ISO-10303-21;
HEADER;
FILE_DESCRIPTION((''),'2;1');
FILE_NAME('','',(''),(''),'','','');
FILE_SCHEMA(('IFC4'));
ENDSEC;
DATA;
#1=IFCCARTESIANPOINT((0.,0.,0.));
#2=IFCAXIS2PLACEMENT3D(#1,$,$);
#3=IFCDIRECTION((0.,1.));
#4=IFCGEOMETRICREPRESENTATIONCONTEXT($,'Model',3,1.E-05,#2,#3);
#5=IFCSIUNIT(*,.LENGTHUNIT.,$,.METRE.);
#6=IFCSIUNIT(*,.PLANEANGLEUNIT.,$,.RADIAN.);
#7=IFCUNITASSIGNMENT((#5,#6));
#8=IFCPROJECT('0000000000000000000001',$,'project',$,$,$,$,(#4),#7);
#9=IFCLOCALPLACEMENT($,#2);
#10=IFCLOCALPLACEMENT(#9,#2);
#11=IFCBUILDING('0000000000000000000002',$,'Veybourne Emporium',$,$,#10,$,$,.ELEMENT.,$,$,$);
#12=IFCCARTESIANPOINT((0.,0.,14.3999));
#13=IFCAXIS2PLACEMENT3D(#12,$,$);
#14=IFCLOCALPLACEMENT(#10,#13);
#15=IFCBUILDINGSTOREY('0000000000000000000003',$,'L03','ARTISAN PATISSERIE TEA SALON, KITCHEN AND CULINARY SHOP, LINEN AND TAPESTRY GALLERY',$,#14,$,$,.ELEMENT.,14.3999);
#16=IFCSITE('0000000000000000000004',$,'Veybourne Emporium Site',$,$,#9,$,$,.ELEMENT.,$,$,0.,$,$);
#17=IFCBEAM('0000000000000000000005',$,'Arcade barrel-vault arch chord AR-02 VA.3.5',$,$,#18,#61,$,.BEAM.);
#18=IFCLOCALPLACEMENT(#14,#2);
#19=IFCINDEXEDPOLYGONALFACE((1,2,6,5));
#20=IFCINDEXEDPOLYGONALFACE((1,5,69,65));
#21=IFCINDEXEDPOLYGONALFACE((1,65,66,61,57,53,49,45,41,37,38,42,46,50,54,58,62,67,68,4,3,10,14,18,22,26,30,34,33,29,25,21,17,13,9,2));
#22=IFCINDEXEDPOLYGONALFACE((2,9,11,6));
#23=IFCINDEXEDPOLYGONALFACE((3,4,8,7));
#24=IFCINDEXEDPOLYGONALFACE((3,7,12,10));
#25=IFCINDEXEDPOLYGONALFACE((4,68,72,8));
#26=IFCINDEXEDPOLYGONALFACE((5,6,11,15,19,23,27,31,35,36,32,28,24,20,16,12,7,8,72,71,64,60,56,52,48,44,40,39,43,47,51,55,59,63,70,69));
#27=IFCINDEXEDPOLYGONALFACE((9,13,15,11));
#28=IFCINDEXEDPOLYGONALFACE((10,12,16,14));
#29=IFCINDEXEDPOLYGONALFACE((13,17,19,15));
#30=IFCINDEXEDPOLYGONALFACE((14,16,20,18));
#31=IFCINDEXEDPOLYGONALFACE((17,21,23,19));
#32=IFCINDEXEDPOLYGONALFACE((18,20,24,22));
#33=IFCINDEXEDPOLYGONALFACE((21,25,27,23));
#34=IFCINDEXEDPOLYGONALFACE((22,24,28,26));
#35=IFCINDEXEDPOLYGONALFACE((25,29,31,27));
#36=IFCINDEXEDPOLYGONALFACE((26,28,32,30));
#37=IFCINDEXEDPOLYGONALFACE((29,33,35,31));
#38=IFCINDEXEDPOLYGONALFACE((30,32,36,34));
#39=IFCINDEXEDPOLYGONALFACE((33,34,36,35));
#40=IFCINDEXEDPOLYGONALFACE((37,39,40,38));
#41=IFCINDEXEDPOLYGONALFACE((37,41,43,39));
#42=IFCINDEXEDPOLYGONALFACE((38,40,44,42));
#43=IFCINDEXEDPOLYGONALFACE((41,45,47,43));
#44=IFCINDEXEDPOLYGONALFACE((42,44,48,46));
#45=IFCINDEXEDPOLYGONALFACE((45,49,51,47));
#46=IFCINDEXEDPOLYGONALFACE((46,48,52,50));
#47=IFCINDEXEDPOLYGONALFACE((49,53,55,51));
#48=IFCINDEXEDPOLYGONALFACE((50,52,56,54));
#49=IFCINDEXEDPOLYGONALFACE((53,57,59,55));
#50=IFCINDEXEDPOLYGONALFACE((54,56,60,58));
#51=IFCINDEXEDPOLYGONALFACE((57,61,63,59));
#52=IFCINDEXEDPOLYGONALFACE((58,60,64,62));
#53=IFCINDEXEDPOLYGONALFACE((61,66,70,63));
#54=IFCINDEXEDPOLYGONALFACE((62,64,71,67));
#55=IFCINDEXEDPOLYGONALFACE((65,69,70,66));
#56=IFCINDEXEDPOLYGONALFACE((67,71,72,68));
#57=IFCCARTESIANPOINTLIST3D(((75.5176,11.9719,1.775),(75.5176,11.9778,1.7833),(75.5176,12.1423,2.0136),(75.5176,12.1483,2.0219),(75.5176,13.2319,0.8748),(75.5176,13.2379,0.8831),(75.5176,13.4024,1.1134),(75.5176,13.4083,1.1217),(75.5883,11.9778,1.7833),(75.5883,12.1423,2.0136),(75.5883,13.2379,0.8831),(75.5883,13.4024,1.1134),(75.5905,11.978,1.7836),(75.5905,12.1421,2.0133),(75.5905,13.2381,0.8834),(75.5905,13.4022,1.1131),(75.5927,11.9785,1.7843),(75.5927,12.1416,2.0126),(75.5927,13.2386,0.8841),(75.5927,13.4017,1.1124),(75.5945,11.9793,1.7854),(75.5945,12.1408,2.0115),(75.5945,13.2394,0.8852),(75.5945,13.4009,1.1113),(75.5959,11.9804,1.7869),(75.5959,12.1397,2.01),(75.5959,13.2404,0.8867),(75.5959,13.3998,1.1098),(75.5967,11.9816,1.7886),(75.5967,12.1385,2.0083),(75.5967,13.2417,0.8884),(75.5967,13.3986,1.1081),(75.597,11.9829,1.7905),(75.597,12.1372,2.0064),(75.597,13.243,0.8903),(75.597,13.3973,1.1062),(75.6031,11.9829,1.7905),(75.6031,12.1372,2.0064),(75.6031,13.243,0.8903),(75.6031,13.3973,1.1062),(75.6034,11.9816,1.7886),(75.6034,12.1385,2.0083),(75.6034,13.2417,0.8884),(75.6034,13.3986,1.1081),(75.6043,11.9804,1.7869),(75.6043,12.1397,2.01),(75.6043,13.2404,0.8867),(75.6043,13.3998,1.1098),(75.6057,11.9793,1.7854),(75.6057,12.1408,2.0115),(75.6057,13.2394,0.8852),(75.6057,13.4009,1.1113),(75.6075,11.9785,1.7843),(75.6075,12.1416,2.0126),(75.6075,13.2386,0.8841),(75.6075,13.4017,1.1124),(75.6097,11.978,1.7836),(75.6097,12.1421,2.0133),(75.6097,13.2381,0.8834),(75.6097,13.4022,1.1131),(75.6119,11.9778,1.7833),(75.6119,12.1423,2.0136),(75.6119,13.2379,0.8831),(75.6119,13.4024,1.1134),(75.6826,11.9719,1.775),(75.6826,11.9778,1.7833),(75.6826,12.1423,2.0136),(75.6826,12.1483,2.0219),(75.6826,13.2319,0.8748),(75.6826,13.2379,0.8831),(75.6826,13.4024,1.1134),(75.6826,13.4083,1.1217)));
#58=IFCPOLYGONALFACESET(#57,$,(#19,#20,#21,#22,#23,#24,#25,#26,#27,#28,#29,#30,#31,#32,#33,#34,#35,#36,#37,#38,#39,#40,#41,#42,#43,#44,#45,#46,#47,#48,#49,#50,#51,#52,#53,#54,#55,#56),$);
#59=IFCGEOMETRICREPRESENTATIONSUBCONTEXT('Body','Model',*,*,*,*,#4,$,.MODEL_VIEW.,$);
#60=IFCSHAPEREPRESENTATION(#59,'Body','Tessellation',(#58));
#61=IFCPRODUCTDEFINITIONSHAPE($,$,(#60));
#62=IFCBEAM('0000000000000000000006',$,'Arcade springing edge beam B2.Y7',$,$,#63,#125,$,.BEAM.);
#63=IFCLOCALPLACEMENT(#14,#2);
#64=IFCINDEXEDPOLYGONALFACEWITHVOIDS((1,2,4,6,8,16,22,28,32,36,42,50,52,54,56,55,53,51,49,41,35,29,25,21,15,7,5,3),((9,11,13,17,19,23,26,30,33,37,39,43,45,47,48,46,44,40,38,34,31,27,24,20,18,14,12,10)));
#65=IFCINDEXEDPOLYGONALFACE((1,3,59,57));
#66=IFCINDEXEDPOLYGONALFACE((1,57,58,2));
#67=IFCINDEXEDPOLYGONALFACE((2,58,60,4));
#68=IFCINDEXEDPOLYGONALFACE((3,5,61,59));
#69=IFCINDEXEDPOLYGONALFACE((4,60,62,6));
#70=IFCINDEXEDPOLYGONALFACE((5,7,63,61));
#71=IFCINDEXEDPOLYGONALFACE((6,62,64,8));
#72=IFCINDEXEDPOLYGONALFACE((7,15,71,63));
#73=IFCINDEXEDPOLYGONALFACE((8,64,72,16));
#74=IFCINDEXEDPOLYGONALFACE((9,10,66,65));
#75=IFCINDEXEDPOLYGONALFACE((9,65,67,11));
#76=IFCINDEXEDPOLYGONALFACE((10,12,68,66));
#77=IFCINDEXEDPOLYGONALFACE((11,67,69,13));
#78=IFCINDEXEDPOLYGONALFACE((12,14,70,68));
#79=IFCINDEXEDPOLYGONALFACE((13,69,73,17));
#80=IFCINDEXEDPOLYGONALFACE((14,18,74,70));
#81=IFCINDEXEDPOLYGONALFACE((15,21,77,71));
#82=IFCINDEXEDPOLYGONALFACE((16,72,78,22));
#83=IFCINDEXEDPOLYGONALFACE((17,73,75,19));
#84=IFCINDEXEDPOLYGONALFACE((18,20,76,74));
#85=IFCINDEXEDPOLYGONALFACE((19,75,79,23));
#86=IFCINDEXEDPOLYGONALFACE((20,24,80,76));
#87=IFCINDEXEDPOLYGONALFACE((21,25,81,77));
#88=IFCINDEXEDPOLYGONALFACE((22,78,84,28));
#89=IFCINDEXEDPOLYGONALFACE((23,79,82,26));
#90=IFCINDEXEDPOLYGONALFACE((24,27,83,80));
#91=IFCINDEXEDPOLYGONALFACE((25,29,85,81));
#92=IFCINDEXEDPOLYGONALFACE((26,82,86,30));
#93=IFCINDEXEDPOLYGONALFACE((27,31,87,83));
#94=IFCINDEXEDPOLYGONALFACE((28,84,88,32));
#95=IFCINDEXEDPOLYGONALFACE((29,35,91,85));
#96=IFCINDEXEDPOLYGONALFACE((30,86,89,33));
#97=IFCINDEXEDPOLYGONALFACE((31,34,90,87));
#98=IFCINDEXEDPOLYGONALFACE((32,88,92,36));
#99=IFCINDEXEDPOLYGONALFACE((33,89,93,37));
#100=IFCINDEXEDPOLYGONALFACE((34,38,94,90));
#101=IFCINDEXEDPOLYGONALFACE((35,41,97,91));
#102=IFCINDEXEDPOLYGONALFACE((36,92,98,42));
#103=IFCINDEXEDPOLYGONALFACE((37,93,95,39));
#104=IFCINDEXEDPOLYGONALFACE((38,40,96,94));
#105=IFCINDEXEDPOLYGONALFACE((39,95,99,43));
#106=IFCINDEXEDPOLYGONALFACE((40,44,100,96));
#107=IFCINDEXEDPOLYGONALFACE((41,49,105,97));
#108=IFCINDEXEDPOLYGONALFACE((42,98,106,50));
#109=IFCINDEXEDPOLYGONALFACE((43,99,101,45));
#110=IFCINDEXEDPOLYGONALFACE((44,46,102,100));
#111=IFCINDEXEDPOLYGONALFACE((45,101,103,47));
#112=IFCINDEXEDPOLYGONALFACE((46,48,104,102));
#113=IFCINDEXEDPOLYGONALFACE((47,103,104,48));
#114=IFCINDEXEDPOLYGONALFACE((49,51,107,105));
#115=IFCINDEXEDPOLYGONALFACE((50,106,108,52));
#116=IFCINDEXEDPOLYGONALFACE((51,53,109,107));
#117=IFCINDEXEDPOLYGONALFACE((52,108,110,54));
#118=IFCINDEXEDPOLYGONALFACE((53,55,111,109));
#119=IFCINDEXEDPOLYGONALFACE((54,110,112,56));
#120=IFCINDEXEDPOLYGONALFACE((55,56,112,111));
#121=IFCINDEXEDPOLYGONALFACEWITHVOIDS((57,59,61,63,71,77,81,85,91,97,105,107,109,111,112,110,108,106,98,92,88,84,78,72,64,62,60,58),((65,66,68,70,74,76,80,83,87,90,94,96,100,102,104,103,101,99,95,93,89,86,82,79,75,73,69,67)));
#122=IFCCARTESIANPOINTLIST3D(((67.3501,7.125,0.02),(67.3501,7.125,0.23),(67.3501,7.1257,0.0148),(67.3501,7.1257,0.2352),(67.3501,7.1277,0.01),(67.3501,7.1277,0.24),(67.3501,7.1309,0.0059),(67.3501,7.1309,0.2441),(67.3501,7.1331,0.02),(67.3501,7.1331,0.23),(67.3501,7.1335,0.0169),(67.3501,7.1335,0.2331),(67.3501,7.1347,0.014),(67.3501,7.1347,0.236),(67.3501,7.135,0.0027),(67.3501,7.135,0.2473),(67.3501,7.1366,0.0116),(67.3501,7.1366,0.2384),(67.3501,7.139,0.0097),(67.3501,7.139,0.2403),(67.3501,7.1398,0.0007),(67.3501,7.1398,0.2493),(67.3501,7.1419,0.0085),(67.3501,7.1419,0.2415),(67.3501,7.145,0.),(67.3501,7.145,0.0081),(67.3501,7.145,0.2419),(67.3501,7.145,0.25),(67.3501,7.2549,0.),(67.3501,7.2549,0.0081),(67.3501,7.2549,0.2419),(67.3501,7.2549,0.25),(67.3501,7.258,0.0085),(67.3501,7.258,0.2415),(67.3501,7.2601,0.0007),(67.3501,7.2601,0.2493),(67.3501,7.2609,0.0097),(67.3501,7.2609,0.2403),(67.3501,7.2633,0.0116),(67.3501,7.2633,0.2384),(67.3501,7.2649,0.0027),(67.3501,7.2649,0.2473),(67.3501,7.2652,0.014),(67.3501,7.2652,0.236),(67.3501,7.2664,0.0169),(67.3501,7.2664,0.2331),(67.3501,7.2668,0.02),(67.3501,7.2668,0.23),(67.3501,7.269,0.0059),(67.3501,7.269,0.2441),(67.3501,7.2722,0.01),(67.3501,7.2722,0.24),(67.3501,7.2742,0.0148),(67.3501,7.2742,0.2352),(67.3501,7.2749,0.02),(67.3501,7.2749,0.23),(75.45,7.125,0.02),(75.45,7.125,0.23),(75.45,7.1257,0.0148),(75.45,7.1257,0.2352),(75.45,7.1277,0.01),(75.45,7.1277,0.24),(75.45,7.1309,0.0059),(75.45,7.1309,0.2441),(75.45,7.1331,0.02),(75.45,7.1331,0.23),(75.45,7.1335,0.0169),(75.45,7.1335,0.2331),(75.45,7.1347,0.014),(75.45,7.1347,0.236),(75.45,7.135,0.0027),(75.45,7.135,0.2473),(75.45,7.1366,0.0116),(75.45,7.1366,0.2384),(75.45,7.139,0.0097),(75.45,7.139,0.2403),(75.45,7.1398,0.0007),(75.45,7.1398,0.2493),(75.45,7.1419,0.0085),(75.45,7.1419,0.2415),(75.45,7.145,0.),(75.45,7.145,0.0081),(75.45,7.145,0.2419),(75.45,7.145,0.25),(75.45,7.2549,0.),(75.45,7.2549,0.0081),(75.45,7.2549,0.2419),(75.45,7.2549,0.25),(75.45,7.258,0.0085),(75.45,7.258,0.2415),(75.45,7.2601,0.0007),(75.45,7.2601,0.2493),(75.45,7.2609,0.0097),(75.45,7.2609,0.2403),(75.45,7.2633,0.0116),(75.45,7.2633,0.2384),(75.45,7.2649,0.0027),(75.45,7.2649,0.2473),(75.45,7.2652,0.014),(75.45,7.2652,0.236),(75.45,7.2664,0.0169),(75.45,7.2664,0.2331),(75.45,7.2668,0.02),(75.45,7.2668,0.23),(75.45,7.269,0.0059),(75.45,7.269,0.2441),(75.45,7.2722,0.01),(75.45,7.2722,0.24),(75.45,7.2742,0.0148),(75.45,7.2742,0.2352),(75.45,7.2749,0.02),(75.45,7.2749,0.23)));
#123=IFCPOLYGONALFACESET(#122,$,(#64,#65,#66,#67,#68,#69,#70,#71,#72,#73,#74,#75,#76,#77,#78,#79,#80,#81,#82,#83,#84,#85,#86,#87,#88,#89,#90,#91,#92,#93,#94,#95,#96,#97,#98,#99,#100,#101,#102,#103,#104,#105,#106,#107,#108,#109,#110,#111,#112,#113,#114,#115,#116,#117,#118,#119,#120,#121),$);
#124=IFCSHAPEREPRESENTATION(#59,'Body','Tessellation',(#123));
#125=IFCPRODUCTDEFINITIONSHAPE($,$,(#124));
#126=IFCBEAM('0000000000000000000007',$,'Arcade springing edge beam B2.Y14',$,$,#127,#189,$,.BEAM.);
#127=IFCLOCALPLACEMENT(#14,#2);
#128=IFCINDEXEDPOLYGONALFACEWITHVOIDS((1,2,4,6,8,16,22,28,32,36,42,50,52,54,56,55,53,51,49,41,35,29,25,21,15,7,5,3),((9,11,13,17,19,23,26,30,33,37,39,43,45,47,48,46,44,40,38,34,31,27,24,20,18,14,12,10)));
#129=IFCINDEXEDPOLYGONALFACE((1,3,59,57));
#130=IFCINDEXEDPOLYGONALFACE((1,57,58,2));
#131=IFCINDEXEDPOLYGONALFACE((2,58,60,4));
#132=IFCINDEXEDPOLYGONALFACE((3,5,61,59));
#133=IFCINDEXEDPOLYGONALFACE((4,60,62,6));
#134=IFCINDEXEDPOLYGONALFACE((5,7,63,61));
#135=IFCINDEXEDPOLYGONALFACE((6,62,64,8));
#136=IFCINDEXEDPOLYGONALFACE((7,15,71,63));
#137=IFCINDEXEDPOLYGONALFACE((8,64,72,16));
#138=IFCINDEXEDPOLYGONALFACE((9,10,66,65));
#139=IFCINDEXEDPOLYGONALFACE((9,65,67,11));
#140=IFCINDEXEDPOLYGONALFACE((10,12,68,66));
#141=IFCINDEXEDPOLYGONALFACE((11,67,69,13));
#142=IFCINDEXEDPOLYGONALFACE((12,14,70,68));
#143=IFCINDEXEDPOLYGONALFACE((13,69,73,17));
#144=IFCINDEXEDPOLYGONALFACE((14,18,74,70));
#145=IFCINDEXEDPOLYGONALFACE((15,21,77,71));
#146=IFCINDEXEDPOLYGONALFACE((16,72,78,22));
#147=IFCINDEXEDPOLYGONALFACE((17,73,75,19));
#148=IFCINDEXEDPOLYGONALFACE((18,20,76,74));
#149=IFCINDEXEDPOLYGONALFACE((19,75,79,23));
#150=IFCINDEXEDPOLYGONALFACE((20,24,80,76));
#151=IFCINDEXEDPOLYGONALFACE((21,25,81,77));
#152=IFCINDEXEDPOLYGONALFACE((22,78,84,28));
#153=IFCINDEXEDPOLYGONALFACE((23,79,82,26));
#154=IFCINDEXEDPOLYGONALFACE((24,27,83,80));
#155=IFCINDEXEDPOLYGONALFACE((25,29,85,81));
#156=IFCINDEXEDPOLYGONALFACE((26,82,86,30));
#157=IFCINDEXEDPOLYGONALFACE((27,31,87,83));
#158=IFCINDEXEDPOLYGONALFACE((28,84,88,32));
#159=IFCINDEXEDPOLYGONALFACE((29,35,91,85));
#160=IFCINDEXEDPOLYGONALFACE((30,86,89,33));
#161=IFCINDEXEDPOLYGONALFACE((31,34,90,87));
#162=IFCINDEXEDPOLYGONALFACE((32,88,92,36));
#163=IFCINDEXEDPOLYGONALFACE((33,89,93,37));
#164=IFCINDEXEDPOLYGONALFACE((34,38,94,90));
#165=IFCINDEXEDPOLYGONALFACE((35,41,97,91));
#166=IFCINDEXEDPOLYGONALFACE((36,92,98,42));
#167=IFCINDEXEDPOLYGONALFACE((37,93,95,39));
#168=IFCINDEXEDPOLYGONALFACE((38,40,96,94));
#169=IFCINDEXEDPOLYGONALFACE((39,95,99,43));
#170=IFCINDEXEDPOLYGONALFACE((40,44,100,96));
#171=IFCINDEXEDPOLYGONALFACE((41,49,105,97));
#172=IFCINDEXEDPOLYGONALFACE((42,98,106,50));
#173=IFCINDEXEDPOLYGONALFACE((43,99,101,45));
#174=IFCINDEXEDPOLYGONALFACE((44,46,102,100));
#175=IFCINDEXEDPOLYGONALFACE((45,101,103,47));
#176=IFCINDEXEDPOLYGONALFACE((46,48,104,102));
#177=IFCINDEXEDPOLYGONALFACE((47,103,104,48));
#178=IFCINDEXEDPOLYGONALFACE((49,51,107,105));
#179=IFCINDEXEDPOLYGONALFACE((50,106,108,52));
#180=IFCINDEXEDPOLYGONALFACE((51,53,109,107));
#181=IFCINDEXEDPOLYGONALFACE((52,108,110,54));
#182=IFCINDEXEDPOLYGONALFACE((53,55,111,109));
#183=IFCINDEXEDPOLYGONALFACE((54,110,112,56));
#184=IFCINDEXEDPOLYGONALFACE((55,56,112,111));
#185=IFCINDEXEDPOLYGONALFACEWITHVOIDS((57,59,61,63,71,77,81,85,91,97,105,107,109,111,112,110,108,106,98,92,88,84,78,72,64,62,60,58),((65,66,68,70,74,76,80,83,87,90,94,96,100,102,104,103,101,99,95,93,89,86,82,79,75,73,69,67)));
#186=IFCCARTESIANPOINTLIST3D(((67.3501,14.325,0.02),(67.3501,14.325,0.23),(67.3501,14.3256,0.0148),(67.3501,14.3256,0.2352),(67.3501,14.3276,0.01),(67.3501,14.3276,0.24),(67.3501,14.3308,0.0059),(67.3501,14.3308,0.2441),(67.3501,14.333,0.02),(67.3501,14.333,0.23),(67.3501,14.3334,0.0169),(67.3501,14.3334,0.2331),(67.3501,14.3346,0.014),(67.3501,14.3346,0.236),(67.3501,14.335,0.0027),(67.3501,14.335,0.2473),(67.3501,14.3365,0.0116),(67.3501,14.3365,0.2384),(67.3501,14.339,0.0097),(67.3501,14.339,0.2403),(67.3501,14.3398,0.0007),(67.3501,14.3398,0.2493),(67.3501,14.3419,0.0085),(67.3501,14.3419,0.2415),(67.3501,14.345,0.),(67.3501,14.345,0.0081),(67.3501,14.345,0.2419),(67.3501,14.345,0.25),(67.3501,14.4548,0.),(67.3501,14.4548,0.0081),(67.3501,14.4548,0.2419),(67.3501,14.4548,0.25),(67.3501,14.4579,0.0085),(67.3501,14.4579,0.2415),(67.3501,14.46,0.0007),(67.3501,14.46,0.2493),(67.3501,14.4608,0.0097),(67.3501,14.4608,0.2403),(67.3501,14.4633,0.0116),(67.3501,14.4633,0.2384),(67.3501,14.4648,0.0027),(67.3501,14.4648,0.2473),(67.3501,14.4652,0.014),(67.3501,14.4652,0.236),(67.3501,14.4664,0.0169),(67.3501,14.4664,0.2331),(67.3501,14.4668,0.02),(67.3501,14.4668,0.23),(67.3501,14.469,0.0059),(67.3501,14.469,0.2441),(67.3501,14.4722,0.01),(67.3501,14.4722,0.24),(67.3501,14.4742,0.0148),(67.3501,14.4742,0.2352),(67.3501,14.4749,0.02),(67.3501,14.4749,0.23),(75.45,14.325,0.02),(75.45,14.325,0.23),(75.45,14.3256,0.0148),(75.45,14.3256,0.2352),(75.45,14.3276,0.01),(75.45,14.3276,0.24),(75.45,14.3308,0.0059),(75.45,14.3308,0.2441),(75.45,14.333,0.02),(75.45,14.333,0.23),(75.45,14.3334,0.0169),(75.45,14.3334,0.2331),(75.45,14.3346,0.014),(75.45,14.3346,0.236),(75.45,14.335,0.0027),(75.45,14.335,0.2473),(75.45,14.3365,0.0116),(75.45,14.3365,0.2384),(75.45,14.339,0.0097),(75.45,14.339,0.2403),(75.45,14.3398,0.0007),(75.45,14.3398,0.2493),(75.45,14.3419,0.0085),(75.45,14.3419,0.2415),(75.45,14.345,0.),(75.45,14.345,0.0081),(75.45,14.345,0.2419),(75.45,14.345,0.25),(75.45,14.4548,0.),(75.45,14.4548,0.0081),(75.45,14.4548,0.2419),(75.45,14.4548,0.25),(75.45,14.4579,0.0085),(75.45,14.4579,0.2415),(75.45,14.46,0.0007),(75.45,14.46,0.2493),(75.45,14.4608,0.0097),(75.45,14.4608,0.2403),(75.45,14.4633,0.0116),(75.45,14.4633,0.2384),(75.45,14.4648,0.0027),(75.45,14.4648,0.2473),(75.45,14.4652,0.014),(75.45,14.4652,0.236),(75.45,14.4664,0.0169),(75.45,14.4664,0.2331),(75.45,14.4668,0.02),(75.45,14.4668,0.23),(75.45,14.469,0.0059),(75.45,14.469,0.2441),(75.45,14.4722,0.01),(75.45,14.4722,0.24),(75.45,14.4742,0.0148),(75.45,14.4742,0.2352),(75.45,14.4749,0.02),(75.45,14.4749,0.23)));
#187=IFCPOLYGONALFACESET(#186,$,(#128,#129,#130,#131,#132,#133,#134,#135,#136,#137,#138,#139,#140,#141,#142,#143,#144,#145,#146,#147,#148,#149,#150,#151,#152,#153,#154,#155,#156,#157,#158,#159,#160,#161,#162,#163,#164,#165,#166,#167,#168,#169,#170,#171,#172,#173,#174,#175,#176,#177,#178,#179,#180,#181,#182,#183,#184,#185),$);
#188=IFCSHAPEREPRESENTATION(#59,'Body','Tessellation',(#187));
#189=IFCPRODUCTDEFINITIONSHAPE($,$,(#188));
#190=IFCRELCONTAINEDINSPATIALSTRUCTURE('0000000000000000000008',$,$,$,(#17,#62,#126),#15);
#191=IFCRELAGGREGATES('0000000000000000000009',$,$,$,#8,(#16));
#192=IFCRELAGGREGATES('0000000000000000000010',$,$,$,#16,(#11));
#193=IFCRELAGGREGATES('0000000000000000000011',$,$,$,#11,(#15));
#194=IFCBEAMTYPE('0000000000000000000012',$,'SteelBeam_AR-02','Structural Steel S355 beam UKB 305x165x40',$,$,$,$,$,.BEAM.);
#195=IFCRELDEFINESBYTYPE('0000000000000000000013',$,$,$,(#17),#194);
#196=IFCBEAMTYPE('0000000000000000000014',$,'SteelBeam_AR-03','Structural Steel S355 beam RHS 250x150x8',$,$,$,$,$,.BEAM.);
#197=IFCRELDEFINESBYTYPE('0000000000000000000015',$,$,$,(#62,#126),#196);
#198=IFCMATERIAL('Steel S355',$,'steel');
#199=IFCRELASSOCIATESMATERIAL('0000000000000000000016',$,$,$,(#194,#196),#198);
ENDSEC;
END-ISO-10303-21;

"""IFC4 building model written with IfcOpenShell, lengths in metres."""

from ifc_helpers import new_model, si_unit, direction, frame, origin, origin_2d, place, context, subcontext, project, spatial, hollow_rectangle, i_section, extrude, material, material_profile, profile_set, type_object, element, save


model = new_model("IFC4")

# Units and contexts
model_context = context("Model", 3, precision=1e-05, world=origin(), true_north=direction((0.0, 1.0)))
body_context = subcontext(model_context, "Body", "Model", "MODEL_VIEW")
ifc_project = project(units=[si_unit("LENGTHUNIT", "METRE"), si_unit("PLANEANGLEUNIT", "RADIAN")], contexts=[model_context])

# Site, building, storey
site_placement = place(None, origin())
site = spatial("IfcSite", under=ifc_project, at=site_placement, Name="Veybourne Emporium Site", CompositionType="ELEMENT", RefElevation=0.0)
building_placement = place(site_placement, origin())
building = spatial("IfcBuilding", under=site, at=building_placement, Name="Veybourne Emporium", CompositionType="ELEMENT")
storey_placement = place(building_placement, frame((0.0, 0.0, 14.3999)))
storey = spatial("IfcBuildingStorey", under=building, at=storey_placement, Name="L03", Description="ARTISAN PATISSERIE TEA SALON, KITCHEN AND CULINARY SHOP, LINEN AND TAPESTRY GALLERY", CompositionType="ELEMENT", Elevation=14.3999)

# Beams
ifc_material_1 = material(Name="Steel S355", Category="steel")
ifc_material_profile_1 = material_profile(ifc_material_1, i_section(OverallWidth=0.165, OverallDepth=0.3035, WebThickness=0.0061, FlangeThickness=0.0103, FilletRadius=0.0088, at=origin_2d()), Name="UKB 305x165x40")
ifc_profile_set_1 = profile_set([ifc_material_profile_1], Name="Steel S355")
beam_type_1 = type_object("IfcBeamType", Name="SteelBeam_AR-02", Description="Structural Steel S355 beam UKB 305x165x40", PredefinedType="BEAM", material=ifc_profile_set_1)
beam_1_placement = place(storey_placement, frame((75.6001, 12.0601, 1.8984), z_axis=(0.0, 0.813691, -0.581298), x_axis=(-1.0, 0.0, 0.0)))
element("IfcBeam", 1, at=beam_1_placement, inside=storey, type_object=beam_type_1, Name="Arcade barrel-vault arch chord AR-02 VA.3.5", PredefinedType="BEAM", context=body_context, shape_type="SweptSolid", body=[
    extrude(i_section(OverallWidth=0.165, OverallDepth=0.3035, WebThickness=0.0061, FlangeThickness=0.0103, FilletRadius=0.0088, at=origin_2d()), origin(), (0.0, 0.0, 1.0), 1.5486),
])
ifc_material_profile_2 = material_profile(ifc_material_1, hollow_rectangle(XDim=0.1499, YDim=0.25, WallThickness=0.0081, InnerFilletRadius=0.012, OuterFilletRadius=0.02, at=origin_2d()), Name="RHS 250x150x8")
ifc_profile_set_2 = profile_set([ifc_material_profile_2], Name="Steel S355")
beam_type_2 = type_object("IfcBeamType", Name="SteelBeam_AR-03", Description="Structural Steel S355 beam RHS 250x150x8", PredefinedType="BEAM", material=ifc_profile_set_2)
for number, where, z_axis, x_axis, name in (
    (2, (67.3501, 7.2, 0.125), (1.0, 0.0, 0.0), (0.0, 1.0, 0.0), "Arcade springing edge beam B2.Y7"),
    (3, (67.3501, 14.3999, 0.125), (1.0, 0.0, 0.0), (0.0, 1.0, 0.0), "Arcade springing edge beam B2.Y14"),
):
    element("IfcBeam", number, at=place(storey_placement, frame(where, z_axis=z_axis, x_axis=x_axis)), inside=storey, type_object=beam_type_2, Name=name, PredefinedType="BEAM", context=body_context, shape_type="SweptSolid", body=[
        extrude(hollow_rectangle(XDim=0.1499, YDim=0.25, WallThickness=0.0081, InnerFilletRadius=0.012, OuterFilletRadius=0.02, at=origin_2d()), origin(), (0.0, 0.0, 1.0), 8.0999),
    ])

save(model, "model.ifc")
